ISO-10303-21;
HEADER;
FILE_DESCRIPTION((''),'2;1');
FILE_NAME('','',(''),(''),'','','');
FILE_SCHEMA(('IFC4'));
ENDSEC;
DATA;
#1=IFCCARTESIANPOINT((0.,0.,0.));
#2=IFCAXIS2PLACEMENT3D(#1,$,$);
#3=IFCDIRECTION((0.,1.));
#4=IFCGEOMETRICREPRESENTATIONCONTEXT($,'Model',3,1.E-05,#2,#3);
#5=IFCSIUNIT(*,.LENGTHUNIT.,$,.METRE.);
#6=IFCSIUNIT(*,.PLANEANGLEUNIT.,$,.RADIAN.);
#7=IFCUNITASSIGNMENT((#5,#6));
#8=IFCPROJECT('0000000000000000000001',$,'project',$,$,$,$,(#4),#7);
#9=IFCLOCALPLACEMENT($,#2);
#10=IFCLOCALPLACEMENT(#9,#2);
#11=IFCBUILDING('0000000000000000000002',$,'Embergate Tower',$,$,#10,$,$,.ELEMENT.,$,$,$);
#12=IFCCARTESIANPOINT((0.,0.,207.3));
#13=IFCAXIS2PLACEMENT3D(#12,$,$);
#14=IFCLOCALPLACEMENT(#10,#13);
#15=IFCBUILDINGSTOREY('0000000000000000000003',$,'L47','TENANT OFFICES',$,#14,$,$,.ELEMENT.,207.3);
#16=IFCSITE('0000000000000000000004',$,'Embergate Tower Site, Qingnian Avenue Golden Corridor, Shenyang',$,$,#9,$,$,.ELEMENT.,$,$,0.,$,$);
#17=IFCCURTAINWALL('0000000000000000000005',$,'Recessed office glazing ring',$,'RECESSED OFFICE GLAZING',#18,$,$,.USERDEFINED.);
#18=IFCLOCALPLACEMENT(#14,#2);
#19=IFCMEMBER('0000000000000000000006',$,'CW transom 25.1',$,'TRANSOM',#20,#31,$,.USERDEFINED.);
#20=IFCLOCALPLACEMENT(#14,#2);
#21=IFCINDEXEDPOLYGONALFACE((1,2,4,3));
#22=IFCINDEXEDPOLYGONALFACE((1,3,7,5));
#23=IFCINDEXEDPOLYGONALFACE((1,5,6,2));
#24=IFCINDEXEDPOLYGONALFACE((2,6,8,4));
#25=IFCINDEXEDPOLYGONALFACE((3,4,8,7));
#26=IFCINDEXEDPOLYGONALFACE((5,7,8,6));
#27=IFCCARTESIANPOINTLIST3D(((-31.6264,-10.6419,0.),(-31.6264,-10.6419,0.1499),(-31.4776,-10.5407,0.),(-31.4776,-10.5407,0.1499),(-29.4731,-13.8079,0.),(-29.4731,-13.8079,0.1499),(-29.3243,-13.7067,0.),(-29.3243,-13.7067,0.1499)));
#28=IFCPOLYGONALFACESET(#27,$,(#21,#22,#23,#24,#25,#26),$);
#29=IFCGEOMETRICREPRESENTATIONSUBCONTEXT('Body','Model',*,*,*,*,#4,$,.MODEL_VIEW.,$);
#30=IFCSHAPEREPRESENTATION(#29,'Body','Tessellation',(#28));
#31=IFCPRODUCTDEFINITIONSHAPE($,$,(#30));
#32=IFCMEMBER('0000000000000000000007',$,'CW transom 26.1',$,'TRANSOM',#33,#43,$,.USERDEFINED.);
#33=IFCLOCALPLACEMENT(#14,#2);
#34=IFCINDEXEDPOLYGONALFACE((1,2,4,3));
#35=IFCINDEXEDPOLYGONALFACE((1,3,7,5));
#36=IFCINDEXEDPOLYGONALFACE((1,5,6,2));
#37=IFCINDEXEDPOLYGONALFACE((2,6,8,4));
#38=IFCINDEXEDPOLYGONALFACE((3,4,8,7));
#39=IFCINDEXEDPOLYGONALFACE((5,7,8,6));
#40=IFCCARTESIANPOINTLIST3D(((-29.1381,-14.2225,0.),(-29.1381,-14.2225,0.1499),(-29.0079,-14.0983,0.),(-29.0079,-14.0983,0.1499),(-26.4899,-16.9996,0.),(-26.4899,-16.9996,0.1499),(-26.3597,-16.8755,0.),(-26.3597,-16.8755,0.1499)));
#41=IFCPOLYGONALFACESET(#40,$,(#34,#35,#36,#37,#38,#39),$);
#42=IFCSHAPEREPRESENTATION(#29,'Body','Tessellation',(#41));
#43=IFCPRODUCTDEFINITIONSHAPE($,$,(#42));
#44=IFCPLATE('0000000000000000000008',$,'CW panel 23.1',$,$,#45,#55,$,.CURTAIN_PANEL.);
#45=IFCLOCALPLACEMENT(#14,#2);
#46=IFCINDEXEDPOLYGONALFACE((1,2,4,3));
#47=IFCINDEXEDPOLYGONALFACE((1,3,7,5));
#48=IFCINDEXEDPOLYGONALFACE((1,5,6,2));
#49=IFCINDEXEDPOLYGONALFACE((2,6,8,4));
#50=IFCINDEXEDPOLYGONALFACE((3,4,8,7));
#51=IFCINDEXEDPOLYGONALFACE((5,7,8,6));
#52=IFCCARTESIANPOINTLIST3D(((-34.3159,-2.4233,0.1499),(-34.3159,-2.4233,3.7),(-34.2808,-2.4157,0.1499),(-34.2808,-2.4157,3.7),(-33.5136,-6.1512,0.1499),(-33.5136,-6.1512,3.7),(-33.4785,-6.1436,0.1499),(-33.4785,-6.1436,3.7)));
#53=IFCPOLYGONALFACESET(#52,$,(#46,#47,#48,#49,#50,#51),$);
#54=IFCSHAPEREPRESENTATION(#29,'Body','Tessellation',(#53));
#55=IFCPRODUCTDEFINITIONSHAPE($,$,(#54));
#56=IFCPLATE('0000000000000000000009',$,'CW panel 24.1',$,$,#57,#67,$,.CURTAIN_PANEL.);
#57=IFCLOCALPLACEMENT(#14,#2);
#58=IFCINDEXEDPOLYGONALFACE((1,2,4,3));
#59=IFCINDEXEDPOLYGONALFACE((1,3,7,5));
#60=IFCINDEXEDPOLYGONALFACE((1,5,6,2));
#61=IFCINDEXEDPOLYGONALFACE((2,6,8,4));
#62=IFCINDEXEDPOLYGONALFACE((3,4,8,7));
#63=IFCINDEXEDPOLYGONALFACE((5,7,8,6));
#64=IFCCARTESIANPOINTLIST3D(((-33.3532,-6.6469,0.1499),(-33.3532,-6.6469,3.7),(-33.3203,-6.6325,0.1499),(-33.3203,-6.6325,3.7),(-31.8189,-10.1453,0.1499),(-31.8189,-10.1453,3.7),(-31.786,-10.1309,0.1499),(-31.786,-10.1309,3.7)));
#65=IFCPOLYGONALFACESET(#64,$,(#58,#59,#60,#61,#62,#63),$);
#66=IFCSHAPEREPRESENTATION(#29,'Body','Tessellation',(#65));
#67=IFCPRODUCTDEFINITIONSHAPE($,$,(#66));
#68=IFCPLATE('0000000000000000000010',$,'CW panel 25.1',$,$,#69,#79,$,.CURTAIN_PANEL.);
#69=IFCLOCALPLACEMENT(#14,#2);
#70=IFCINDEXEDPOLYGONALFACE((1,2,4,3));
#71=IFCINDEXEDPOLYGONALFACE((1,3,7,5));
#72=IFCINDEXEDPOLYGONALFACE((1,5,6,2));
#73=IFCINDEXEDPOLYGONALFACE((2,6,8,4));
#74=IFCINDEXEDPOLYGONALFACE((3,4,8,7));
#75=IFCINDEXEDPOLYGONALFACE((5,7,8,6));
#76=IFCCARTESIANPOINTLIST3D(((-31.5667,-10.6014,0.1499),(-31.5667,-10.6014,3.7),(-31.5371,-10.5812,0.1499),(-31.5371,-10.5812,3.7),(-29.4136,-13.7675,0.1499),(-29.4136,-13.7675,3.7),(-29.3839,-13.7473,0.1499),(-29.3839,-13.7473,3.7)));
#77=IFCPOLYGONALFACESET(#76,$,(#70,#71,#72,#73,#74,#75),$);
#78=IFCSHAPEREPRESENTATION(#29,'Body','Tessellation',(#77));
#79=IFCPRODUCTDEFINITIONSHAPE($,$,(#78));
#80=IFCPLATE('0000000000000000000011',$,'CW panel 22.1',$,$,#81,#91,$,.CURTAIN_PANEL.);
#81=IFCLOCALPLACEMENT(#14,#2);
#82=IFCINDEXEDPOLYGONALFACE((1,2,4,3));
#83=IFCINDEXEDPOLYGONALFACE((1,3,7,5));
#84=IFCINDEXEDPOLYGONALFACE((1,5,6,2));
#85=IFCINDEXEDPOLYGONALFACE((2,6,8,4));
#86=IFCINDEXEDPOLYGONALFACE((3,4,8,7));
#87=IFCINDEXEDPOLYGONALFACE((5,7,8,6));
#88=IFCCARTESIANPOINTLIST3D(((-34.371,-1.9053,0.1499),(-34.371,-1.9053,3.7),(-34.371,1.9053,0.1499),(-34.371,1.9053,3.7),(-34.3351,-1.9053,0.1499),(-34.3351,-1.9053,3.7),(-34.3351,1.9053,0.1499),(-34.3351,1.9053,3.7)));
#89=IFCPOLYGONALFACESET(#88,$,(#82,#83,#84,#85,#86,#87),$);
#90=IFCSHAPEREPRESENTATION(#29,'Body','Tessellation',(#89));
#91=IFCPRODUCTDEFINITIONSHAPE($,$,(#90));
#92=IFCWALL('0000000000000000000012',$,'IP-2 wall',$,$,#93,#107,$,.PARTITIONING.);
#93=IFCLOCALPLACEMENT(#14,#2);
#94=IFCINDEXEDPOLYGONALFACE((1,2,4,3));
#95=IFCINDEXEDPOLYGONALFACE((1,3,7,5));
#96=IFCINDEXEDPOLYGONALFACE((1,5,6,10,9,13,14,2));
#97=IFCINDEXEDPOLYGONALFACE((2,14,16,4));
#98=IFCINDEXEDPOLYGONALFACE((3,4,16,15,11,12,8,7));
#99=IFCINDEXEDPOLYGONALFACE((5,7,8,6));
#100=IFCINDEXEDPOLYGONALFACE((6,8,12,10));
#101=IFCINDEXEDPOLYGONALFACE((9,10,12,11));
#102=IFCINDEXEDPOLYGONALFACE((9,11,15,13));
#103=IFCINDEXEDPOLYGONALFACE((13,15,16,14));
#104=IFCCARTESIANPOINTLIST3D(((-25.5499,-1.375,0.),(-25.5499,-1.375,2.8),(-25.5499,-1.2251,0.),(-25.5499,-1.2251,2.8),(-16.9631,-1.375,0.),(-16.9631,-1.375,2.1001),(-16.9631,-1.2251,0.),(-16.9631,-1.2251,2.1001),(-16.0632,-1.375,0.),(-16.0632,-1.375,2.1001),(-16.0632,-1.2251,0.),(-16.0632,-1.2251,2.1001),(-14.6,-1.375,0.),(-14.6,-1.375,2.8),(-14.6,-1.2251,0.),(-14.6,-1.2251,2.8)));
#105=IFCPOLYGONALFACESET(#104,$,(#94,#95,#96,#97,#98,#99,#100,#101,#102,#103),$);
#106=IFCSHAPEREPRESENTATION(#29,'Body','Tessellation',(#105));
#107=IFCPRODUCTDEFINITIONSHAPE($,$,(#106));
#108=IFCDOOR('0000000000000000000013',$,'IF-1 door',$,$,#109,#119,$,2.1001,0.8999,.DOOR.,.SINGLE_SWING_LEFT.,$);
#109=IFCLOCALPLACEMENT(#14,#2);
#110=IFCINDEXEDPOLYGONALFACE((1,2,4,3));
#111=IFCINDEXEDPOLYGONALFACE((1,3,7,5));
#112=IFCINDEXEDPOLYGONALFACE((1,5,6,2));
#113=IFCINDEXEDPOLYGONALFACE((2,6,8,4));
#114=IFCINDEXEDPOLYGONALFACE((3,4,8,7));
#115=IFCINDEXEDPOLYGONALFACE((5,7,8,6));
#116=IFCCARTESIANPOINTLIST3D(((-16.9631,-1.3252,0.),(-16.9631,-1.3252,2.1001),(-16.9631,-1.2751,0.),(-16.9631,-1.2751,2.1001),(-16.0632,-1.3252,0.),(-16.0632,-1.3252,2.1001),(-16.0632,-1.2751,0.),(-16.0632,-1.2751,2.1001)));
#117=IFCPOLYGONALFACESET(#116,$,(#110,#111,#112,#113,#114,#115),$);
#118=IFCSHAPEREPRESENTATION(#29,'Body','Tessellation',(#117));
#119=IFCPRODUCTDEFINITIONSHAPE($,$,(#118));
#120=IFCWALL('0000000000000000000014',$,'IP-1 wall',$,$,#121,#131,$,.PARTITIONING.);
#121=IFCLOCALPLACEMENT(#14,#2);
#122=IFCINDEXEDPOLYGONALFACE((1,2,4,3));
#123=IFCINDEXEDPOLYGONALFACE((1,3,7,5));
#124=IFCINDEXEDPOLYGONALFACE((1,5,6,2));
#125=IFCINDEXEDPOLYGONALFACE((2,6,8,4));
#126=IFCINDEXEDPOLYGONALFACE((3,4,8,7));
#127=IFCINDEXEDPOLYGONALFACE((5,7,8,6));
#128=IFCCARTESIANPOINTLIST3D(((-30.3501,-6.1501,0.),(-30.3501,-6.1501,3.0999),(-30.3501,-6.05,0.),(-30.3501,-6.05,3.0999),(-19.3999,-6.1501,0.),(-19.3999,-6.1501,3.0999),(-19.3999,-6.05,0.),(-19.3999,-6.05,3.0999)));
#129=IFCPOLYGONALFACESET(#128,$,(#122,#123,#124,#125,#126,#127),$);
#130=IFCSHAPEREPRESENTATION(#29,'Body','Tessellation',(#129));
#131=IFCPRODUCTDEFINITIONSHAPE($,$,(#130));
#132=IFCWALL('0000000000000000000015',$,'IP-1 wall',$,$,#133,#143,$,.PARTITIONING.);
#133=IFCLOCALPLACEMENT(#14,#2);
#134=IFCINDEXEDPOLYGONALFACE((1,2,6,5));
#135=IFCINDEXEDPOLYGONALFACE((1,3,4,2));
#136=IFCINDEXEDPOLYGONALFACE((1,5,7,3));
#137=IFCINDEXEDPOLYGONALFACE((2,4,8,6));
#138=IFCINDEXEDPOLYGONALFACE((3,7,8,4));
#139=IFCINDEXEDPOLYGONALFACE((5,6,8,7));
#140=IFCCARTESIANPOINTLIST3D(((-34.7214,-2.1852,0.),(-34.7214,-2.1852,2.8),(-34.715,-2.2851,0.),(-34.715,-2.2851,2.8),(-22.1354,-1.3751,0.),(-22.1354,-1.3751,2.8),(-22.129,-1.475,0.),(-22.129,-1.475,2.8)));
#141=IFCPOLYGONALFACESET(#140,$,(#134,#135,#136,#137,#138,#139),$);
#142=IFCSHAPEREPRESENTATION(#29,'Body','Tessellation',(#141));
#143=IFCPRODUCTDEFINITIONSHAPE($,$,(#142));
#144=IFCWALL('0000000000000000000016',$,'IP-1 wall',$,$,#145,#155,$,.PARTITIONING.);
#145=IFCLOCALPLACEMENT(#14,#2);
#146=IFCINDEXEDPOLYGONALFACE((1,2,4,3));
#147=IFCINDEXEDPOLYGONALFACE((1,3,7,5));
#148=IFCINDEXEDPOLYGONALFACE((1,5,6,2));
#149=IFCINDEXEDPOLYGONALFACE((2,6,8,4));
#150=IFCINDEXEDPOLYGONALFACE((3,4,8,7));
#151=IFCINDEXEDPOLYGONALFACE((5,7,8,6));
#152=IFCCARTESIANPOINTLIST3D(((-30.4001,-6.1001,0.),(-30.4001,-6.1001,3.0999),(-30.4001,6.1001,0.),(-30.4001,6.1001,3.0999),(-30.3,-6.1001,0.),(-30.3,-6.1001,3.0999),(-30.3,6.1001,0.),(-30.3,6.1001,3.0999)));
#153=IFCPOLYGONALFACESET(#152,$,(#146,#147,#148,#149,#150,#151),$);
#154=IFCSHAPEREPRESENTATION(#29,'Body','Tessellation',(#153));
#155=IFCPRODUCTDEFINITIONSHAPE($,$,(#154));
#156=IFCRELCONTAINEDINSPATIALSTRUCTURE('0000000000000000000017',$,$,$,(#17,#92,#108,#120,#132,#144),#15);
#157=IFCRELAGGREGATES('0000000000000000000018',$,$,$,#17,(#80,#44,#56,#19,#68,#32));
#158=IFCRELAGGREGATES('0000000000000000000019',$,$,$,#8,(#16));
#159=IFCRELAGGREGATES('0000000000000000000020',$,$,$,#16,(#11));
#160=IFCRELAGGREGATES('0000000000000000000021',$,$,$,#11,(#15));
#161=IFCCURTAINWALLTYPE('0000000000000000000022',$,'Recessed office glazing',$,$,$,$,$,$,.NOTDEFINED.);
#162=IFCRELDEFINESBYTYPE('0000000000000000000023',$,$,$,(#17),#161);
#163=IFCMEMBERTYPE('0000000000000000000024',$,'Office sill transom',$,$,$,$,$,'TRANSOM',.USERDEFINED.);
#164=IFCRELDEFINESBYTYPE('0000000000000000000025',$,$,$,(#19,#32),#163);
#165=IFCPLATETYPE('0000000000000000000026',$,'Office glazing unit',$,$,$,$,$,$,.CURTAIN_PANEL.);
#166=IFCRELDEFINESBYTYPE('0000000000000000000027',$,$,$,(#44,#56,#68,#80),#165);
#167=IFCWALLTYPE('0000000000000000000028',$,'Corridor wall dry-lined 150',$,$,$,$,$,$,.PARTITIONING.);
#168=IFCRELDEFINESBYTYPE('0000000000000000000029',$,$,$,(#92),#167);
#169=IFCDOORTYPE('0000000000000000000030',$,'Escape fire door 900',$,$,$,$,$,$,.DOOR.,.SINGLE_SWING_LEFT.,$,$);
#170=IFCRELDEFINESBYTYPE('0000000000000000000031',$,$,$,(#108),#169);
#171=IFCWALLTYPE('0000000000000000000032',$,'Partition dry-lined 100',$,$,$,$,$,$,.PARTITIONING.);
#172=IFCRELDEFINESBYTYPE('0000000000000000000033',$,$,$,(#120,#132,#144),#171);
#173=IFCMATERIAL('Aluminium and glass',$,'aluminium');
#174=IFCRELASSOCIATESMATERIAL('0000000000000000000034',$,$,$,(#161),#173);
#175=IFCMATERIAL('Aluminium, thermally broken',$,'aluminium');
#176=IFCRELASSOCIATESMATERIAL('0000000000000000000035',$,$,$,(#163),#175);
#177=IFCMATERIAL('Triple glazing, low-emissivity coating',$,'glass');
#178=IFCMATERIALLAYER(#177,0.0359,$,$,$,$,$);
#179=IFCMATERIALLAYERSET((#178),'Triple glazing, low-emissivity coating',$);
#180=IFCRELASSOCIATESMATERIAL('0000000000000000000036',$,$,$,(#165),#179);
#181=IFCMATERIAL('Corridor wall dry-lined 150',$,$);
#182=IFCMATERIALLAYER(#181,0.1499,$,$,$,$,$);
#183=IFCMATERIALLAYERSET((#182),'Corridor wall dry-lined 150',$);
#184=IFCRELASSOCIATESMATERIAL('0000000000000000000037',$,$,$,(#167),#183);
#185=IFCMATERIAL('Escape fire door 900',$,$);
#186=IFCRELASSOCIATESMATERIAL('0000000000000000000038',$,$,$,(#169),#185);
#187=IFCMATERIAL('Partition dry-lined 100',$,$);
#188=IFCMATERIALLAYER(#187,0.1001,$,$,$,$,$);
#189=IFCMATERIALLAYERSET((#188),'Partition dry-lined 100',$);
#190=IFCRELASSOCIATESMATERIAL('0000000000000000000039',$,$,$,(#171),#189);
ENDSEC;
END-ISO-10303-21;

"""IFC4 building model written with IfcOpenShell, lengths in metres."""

from ifc_helpers import new_model, si_unit, direction, frame, frame_2d, origin, origin_2d, place, context, subcontext, project, spatial, rectangle, extrude, source, transform, mapped, material, layer, layer_set, material_profile, profile_set, type_object, element, fill, aggregate, save


model = new_model("IFC4")

# Units and contexts
model_context = context("Model", 3, precision=1e-05, world=origin(), true_north=direction((0.0, 1.0)))
body_context = subcontext(model_context, "Body", "Model", "MODEL_VIEW")
ifc_project = project(units=[si_unit("LENGTHUNIT", "METRE"), si_unit("PLANEANGLEUNIT", "RADIAN")], contexts=[model_context])

# Site, building, storey
site_placement = place(None, origin())
site = spatial("IfcSite", under=ifc_project, at=site_placement, Name="Embergate Tower Site, Qingnian Avenue Golden Corridor, Shenyang", CompositionType="ELEMENT", RefElevation=0.0)
building_placement = place(site_placement, origin())
building = spatial("IfcBuilding", under=site, at=building_placement, Name="Embergate Tower", CompositionType="ELEMENT")
storey_placement = place(building_placement, frame((0.0, 0.0, 207.3)))
storey = spatial("IfcBuildingStorey", under=building, at=storey_placement, Name="L47", Description="TENANT OFFICES", CompositionType="ELEMENT", Elevation=207.3)

# Curtain wall, members, plates
ifc_material_1 = material(Name="Aluminium and glass", Category="aluminium")
curtain_wall_type = type_object("IfcCurtainWallType", Name="Recessed office glazing", PredefinedType="NOTDEFINED", material=ifc_material_1)
curtain_wall_placement = place(storey_placement, origin())
curtain_wall = element("IfcCurtainWall", 1, at=curtain_wall_placement, inside=storey, type_object=curtain_wall_type, Name="Recessed office glazing ring", ObjectType="RECESSED OFFICE GLAZING", PredefinedType="USERDEFINED")
ifc_material_2 = material(Name="Aluminium, thermally broken", Category="aluminium")
ifc_material_profile_1 = material_profile(ifc_material_2, rectangle(XDim=0.1799, YDim=0.1499, at=origin_2d()), Name="AL 150x180")
ifc_profile_set_1 = profile_set([ifc_material_profile_1], Name="Aluminium, thermally broken")
member_type_1 = type_object("IfcMemberType", Name="Office sill transom", ElementType="TRANSOM", PredefinedType="USERDEFINED", material=ifc_profile_set_1)
shared_shape_1 = source(origin(), body_context, "Body", "SweptSolid", [
    extrude(rectangle(XDim=0.1799, YDim=0.1499, at=origin_2d()), origin(), (0.0, 0.0, 1.0), 3.8289),
])
member_1_placement = place(storey_placement, frame((-31.552, -10.5913, 0.075), z_axis=(0.562387, -0.826874, 0.0), x_axis=(0.826874, 0.562387, 0.0)))
member_1 = element("IfcMember", 2, at=member_1_placement, type_object=member_type_1, Name="CW transom 25.1", ObjectType="TRANSOM", PredefinedType="USERDEFINED", context=body_context, shape_type="MappedRepresentation", body=[
    mapped(shared_shape_1, transform((0.0, 0.0, 0.0))),
])
shared_shape_2 = source(origin(), body_context, "Body", "SweptSolid", [
    extrude(rectangle(XDim=0.1799, YDim=0.1499, at=origin_2d()), origin(), (0.0, 0.0, 1.0), 3.8374),
])
member_2_placement = place(storey_placement, frame((-29.073, -14.1604, 0.075), z_axis=(0.690111, -0.723704, 0.0), x_axis=(0.723704, 0.690111, 0.0)))
member_2 = element("IfcMember", 3, at=member_2_placement, type_object=member_type_1, Name="CW transom 26.1", ObjectType="TRANSOM", PredefinedType="USERDEFINED", context=body_context, shape_type="MappedRepresentation", body=[
    mapped(shared_shape_2, transform((0.0, 0.0, 0.0))),
])
ifc_material_3 = material(Name="Triple glazing, low-emissivity coating", Category="glass")
ifc_layer_1 = layer(ifc_material_3, 0.0359)
ifc_layer_set_1 = layer_set([ifc_layer_1], Name="Triple glazing, low-emissivity coating")
plate_type = type_object("IfcPlateType", Name="Office glazing unit", PredefinedType="CURTAIN_PANEL", material=ifc_layer_set_1)
shared_shape_3 = source(origin(), body_context, "Body", "SweptSolid", [
    extrude(rectangle(XDim=3.8132, YDim=0.0359, at=origin_2d()), origin(), (0.0, 0.0, 1.0), 3.55),
])
plate_1_placement = place(storey_placement, frame((-33.8972, -4.2834, 0.1499), z_axis=(0.0, 0.0, 1.0), x_axis=(0.210395, -0.977616, 0.0)))
plate_1 = element("IfcPlate", 4, at=plate_1_placement, type_object=plate_type, Name="CW panel 23.1", PredefinedType="CURTAIN_PANEL", context=body_context, shape_type="MappedRepresentation", body=[
    mapped(shared_shape_3, transform((0.0, 0.0, 0.0))),
])
shared_shape_4 = source(origin(), body_context, "Body", "SweptSolid", [
    extrude(rectangle(XDim=3.8201, YDim=0.0359, at=origin_2d()), origin(), (0.0, 0.0, 1.0), 3.55),
])
plate_2_placement = place(storey_placement, frame((-32.5696, -8.3889, 0.1499), z_axis=(0.0, 0.0, 1.0), x_axis=(0.401649, -0.915794, 0.0)))
plate_2 = element("IfcPlate", 5, at=plate_2_placement, type_object=plate_type, Name="CW panel 24.1", PredefinedType="CURTAIN_PANEL", context=body_context, shape_type="MappedRepresentation", body=[
    mapped(shared_shape_4, transform((0.0, 0.0, 0.0))),
])
shared_shape_5 = source(origin(), body_context, "Body", "SweptSolid", [
    extrude(rectangle(XDim=3.8289, YDim=0.0359, at=origin_2d()), origin(), (0.0, 0.0, 1.0), 3.55),
])
plate_3_placement = place(storey_placement, frame((-30.4753, -12.1743, 0.1499), z_axis=(0.0, 0.0, 1.0), x_axis=(0.562337, -0.826908, 0.0)))
plate_3 = element("IfcPlate", 6, at=plate_3_placement, type_object=plate_type, Name="CW panel 25.1", PredefinedType="CURTAIN_PANEL", context=body_context, shape_type="MappedRepresentation", body=[
    mapped(shared_shape_5, transform((0.0, 0.0, 0.0))),
])
shared_shape_6 = source(origin(), body_context, "Body", "SweptSolid", [
    extrude(rectangle(XDim=3.8105, YDim=0.0359, at=origin_2d()), origin(), (0.0, 0.0, 1.0), 3.55),
])
plate_4_placement = place(storey_placement, frame((-34.353, 0.0, 0.1499), z_axis=(0.0, 0.0, 1.0), x_axis=(0.0, -1.0, 0.0)))
plate_4 = element("IfcPlate", 7, at=plate_4_placement, type_object=plate_type, Name="CW panel 22.1", PredefinedType="CURTAIN_PANEL", context=body_context, shape_type="MappedRepresentation", body=[
    mapped(shared_shape_6, transform((0.0, 0.0, 0.0))),
])
aggregate(curtain_wall, [plate_4, plate_1, plate_2, member_1, plate_3, member_2])

# Wall, opening, door
ifc_material_4 = material(Name="Corridor wall dry-lined 150")
ifc_layer_2 = layer(ifc_material_4, 0.1499)
ifc_layer_set_2 = layer_set([ifc_layer_2], Name="Corridor wall dry-lined 150")
wall_type_1 = type_object("IfcWallType", Name="Corridor wall dry-lined 150", PredefinedType="PARTITIONING", material=ifc_layer_set_2)
shared_shape_7 = source(origin(), body_context, "Body", "SweptSolid", [
    extrude(rectangle(XDim=10.95, YDim=0.1499, at=frame_2d((5.4751, 0.0))), origin(), (0.0, 0.0, 1.0), 2.8),
])
wall_1_placement = place(storey_placement, frame((-25.55, -1.3, 0.0), z_axis=(0.0, 0.0, 1.0), x_axis=(1.0, 0.0, 0.0)))
wall_1 = element("IfcWall", 8, at=wall_1_placement, inside=storey, type_object=wall_type_1, Name="IP-2 wall", PredefinedType="PARTITIONING", context=body_context, shape_type="MappedRepresentation", body=[
    mapped(shared_shape_7, transform((0.0, 0.0, 0.0))),
])
shared_shape_8 = source(origin(), body_context, "Body", "SweptSolid", [
    extrude(rectangle(XDim=0.8999, YDim=2.1001, at=frame_2d((0.45, 1.05))), frame((0.0, 0.085, 0.0), z_axis=(0.0, -1.0, 0.0), x_axis=(1.0, 0.0, 0.0)), (0.0, 0.0, 1.0), 0.1699),
])
opening_placement = place(wall_1_placement, frame((8.5869, 0.0, 0.0)))
opening = element("IfcOpeningElement", 9, at=opening_placement, cuts=wall_1, PredefinedType="OPENING", context=body_context, shape_type="MappedRepresentation", body=[
    mapped(shared_shape_8, transform((0.0, 0.0, 0.0))),
])
ifc_material_5 = material(Name="Escape fire door 900")
door_type = type_object("IfcDoorType", Name="Escape fire door 900", OperationType="SINGLE_SWING_LEFT", PredefinedType="DOOR", material=ifc_material_5)
shared_shape_9 = source(origin(), body_context, "Body", "SweptSolid", [
    extrude(rectangle(XDim=0.8999, YDim=2.1001, at=frame_2d((0.45, 1.05))), frame((0.0, 0.0249, 0.0), z_axis=(0.0, -1.0, 0.0), x_axis=(1.0, 0.0, 0.0)), (0.0, 0.0, 1.0), 0.05),
])
door_placement = place(opening_placement, origin())
door = element("IfcDoor", 10, at=door_placement, inside=storey, type_object=door_type, Name="IF-1 door", OperationType="SINGLE_SWING_LEFT", OverallHeight=2.1001, OverallWidth=0.8999, PredefinedType="DOOR", context=body_context, shape_type="MappedRepresentation", body=[
    mapped(shared_shape_9, transform((0.0, 0.0, 0.0))),
])
fill(opening, door)

# Walls
ifc_material_6 = material(Name="Partition dry-lined 100")
ifc_layer_3 = layer(ifc_material_6, 0.1001)
ifc_layer_set_3 = layer_set([ifc_layer_3], Name="Partition dry-lined 100")
wall_type_2 = type_object("IfcWallType", Name="Partition dry-lined 100", PredefinedType="PARTITIONING", material=ifc_layer_set_3)
shared_shape_10 = source(origin(), body_context, "Body", "SweptSolid", [
    extrude(rectangle(XDim=10.9502, YDim=0.1001, at=frame_2d((5.4751, 0.0))), origin(), (0.0, 0.0, 1.0), 3.0999),
])
wall_2_placement = place(storey_placement, frame((-19.3999, -6.1001, 0.0), z_axis=(0.0, 0.0, 1.0), x_axis=(-1.0, 0.0, 0.0)))
element("IfcWall", 11, at=wall_2_placement, inside=storey, type_object=wall_type_2, Name="IP-1 wall", PredefinedType="PARTITIONING", context=body_context, shape_type="MappedRepresentation", body=[
    mapped(shared_shape_10, transform((0.0, 0.0, 0.0))),
])
shared_shape_11 = source(origin(), body_context, "Body", "SweptSolid", [
    extrude(rectangle(XDim=12.6121, YDim=0.1001, at=frame_2d((6.3062, 0.0))), origin(), (0.0, 0.0, 1.0), 2.8),
])
wall_3_placement = place(storey_placement, frame((-22.1321, -1.425, 0.0), z_axis=(0.0, 0.0, 1.0), x_axis=(-0.997935, -0.064229, 0.0)))
element("IfcWall", 12, at=wall_3_placement, inside=storey, type_object=wall_type_2, Name="IP-1 wall", PredefinedType="PARTITIONING", context=body_context, shape_type="MappedRepresentation", body=[
    mapped(shared_shape_11, transform((0.0, 0.0, 0.0))),
])
shared_shape_12 = source(origin(), body_context, "Body", "SweptSolid", [
    extrude(rectangle(XDim=12.2002, YDim=0.1001, at=frame_2d((6.1001, 0.0))), origin(), (0.0, 0.0, 1.0), 3.0999),
])
wall_4_placement = place(storey_placement, frame((-30.3501, -6.1001, 0.0), z_axis=(0.0, 0.0, 1.0), x_axis=(0.0, 1.0, 0.0)))
element("IfcWall", 13, at=wall_4_placement, inside=storey, type_object=wall_type_2, Name="IP-1 wall", PredefinedType="PARTITIONING", context=body_context, shape_type="MappedRepresentation", body=[
    mapped(shared_shape_12, transform((0.0, 0.0, 0.0))),
])

save(model, "model.ifc")
